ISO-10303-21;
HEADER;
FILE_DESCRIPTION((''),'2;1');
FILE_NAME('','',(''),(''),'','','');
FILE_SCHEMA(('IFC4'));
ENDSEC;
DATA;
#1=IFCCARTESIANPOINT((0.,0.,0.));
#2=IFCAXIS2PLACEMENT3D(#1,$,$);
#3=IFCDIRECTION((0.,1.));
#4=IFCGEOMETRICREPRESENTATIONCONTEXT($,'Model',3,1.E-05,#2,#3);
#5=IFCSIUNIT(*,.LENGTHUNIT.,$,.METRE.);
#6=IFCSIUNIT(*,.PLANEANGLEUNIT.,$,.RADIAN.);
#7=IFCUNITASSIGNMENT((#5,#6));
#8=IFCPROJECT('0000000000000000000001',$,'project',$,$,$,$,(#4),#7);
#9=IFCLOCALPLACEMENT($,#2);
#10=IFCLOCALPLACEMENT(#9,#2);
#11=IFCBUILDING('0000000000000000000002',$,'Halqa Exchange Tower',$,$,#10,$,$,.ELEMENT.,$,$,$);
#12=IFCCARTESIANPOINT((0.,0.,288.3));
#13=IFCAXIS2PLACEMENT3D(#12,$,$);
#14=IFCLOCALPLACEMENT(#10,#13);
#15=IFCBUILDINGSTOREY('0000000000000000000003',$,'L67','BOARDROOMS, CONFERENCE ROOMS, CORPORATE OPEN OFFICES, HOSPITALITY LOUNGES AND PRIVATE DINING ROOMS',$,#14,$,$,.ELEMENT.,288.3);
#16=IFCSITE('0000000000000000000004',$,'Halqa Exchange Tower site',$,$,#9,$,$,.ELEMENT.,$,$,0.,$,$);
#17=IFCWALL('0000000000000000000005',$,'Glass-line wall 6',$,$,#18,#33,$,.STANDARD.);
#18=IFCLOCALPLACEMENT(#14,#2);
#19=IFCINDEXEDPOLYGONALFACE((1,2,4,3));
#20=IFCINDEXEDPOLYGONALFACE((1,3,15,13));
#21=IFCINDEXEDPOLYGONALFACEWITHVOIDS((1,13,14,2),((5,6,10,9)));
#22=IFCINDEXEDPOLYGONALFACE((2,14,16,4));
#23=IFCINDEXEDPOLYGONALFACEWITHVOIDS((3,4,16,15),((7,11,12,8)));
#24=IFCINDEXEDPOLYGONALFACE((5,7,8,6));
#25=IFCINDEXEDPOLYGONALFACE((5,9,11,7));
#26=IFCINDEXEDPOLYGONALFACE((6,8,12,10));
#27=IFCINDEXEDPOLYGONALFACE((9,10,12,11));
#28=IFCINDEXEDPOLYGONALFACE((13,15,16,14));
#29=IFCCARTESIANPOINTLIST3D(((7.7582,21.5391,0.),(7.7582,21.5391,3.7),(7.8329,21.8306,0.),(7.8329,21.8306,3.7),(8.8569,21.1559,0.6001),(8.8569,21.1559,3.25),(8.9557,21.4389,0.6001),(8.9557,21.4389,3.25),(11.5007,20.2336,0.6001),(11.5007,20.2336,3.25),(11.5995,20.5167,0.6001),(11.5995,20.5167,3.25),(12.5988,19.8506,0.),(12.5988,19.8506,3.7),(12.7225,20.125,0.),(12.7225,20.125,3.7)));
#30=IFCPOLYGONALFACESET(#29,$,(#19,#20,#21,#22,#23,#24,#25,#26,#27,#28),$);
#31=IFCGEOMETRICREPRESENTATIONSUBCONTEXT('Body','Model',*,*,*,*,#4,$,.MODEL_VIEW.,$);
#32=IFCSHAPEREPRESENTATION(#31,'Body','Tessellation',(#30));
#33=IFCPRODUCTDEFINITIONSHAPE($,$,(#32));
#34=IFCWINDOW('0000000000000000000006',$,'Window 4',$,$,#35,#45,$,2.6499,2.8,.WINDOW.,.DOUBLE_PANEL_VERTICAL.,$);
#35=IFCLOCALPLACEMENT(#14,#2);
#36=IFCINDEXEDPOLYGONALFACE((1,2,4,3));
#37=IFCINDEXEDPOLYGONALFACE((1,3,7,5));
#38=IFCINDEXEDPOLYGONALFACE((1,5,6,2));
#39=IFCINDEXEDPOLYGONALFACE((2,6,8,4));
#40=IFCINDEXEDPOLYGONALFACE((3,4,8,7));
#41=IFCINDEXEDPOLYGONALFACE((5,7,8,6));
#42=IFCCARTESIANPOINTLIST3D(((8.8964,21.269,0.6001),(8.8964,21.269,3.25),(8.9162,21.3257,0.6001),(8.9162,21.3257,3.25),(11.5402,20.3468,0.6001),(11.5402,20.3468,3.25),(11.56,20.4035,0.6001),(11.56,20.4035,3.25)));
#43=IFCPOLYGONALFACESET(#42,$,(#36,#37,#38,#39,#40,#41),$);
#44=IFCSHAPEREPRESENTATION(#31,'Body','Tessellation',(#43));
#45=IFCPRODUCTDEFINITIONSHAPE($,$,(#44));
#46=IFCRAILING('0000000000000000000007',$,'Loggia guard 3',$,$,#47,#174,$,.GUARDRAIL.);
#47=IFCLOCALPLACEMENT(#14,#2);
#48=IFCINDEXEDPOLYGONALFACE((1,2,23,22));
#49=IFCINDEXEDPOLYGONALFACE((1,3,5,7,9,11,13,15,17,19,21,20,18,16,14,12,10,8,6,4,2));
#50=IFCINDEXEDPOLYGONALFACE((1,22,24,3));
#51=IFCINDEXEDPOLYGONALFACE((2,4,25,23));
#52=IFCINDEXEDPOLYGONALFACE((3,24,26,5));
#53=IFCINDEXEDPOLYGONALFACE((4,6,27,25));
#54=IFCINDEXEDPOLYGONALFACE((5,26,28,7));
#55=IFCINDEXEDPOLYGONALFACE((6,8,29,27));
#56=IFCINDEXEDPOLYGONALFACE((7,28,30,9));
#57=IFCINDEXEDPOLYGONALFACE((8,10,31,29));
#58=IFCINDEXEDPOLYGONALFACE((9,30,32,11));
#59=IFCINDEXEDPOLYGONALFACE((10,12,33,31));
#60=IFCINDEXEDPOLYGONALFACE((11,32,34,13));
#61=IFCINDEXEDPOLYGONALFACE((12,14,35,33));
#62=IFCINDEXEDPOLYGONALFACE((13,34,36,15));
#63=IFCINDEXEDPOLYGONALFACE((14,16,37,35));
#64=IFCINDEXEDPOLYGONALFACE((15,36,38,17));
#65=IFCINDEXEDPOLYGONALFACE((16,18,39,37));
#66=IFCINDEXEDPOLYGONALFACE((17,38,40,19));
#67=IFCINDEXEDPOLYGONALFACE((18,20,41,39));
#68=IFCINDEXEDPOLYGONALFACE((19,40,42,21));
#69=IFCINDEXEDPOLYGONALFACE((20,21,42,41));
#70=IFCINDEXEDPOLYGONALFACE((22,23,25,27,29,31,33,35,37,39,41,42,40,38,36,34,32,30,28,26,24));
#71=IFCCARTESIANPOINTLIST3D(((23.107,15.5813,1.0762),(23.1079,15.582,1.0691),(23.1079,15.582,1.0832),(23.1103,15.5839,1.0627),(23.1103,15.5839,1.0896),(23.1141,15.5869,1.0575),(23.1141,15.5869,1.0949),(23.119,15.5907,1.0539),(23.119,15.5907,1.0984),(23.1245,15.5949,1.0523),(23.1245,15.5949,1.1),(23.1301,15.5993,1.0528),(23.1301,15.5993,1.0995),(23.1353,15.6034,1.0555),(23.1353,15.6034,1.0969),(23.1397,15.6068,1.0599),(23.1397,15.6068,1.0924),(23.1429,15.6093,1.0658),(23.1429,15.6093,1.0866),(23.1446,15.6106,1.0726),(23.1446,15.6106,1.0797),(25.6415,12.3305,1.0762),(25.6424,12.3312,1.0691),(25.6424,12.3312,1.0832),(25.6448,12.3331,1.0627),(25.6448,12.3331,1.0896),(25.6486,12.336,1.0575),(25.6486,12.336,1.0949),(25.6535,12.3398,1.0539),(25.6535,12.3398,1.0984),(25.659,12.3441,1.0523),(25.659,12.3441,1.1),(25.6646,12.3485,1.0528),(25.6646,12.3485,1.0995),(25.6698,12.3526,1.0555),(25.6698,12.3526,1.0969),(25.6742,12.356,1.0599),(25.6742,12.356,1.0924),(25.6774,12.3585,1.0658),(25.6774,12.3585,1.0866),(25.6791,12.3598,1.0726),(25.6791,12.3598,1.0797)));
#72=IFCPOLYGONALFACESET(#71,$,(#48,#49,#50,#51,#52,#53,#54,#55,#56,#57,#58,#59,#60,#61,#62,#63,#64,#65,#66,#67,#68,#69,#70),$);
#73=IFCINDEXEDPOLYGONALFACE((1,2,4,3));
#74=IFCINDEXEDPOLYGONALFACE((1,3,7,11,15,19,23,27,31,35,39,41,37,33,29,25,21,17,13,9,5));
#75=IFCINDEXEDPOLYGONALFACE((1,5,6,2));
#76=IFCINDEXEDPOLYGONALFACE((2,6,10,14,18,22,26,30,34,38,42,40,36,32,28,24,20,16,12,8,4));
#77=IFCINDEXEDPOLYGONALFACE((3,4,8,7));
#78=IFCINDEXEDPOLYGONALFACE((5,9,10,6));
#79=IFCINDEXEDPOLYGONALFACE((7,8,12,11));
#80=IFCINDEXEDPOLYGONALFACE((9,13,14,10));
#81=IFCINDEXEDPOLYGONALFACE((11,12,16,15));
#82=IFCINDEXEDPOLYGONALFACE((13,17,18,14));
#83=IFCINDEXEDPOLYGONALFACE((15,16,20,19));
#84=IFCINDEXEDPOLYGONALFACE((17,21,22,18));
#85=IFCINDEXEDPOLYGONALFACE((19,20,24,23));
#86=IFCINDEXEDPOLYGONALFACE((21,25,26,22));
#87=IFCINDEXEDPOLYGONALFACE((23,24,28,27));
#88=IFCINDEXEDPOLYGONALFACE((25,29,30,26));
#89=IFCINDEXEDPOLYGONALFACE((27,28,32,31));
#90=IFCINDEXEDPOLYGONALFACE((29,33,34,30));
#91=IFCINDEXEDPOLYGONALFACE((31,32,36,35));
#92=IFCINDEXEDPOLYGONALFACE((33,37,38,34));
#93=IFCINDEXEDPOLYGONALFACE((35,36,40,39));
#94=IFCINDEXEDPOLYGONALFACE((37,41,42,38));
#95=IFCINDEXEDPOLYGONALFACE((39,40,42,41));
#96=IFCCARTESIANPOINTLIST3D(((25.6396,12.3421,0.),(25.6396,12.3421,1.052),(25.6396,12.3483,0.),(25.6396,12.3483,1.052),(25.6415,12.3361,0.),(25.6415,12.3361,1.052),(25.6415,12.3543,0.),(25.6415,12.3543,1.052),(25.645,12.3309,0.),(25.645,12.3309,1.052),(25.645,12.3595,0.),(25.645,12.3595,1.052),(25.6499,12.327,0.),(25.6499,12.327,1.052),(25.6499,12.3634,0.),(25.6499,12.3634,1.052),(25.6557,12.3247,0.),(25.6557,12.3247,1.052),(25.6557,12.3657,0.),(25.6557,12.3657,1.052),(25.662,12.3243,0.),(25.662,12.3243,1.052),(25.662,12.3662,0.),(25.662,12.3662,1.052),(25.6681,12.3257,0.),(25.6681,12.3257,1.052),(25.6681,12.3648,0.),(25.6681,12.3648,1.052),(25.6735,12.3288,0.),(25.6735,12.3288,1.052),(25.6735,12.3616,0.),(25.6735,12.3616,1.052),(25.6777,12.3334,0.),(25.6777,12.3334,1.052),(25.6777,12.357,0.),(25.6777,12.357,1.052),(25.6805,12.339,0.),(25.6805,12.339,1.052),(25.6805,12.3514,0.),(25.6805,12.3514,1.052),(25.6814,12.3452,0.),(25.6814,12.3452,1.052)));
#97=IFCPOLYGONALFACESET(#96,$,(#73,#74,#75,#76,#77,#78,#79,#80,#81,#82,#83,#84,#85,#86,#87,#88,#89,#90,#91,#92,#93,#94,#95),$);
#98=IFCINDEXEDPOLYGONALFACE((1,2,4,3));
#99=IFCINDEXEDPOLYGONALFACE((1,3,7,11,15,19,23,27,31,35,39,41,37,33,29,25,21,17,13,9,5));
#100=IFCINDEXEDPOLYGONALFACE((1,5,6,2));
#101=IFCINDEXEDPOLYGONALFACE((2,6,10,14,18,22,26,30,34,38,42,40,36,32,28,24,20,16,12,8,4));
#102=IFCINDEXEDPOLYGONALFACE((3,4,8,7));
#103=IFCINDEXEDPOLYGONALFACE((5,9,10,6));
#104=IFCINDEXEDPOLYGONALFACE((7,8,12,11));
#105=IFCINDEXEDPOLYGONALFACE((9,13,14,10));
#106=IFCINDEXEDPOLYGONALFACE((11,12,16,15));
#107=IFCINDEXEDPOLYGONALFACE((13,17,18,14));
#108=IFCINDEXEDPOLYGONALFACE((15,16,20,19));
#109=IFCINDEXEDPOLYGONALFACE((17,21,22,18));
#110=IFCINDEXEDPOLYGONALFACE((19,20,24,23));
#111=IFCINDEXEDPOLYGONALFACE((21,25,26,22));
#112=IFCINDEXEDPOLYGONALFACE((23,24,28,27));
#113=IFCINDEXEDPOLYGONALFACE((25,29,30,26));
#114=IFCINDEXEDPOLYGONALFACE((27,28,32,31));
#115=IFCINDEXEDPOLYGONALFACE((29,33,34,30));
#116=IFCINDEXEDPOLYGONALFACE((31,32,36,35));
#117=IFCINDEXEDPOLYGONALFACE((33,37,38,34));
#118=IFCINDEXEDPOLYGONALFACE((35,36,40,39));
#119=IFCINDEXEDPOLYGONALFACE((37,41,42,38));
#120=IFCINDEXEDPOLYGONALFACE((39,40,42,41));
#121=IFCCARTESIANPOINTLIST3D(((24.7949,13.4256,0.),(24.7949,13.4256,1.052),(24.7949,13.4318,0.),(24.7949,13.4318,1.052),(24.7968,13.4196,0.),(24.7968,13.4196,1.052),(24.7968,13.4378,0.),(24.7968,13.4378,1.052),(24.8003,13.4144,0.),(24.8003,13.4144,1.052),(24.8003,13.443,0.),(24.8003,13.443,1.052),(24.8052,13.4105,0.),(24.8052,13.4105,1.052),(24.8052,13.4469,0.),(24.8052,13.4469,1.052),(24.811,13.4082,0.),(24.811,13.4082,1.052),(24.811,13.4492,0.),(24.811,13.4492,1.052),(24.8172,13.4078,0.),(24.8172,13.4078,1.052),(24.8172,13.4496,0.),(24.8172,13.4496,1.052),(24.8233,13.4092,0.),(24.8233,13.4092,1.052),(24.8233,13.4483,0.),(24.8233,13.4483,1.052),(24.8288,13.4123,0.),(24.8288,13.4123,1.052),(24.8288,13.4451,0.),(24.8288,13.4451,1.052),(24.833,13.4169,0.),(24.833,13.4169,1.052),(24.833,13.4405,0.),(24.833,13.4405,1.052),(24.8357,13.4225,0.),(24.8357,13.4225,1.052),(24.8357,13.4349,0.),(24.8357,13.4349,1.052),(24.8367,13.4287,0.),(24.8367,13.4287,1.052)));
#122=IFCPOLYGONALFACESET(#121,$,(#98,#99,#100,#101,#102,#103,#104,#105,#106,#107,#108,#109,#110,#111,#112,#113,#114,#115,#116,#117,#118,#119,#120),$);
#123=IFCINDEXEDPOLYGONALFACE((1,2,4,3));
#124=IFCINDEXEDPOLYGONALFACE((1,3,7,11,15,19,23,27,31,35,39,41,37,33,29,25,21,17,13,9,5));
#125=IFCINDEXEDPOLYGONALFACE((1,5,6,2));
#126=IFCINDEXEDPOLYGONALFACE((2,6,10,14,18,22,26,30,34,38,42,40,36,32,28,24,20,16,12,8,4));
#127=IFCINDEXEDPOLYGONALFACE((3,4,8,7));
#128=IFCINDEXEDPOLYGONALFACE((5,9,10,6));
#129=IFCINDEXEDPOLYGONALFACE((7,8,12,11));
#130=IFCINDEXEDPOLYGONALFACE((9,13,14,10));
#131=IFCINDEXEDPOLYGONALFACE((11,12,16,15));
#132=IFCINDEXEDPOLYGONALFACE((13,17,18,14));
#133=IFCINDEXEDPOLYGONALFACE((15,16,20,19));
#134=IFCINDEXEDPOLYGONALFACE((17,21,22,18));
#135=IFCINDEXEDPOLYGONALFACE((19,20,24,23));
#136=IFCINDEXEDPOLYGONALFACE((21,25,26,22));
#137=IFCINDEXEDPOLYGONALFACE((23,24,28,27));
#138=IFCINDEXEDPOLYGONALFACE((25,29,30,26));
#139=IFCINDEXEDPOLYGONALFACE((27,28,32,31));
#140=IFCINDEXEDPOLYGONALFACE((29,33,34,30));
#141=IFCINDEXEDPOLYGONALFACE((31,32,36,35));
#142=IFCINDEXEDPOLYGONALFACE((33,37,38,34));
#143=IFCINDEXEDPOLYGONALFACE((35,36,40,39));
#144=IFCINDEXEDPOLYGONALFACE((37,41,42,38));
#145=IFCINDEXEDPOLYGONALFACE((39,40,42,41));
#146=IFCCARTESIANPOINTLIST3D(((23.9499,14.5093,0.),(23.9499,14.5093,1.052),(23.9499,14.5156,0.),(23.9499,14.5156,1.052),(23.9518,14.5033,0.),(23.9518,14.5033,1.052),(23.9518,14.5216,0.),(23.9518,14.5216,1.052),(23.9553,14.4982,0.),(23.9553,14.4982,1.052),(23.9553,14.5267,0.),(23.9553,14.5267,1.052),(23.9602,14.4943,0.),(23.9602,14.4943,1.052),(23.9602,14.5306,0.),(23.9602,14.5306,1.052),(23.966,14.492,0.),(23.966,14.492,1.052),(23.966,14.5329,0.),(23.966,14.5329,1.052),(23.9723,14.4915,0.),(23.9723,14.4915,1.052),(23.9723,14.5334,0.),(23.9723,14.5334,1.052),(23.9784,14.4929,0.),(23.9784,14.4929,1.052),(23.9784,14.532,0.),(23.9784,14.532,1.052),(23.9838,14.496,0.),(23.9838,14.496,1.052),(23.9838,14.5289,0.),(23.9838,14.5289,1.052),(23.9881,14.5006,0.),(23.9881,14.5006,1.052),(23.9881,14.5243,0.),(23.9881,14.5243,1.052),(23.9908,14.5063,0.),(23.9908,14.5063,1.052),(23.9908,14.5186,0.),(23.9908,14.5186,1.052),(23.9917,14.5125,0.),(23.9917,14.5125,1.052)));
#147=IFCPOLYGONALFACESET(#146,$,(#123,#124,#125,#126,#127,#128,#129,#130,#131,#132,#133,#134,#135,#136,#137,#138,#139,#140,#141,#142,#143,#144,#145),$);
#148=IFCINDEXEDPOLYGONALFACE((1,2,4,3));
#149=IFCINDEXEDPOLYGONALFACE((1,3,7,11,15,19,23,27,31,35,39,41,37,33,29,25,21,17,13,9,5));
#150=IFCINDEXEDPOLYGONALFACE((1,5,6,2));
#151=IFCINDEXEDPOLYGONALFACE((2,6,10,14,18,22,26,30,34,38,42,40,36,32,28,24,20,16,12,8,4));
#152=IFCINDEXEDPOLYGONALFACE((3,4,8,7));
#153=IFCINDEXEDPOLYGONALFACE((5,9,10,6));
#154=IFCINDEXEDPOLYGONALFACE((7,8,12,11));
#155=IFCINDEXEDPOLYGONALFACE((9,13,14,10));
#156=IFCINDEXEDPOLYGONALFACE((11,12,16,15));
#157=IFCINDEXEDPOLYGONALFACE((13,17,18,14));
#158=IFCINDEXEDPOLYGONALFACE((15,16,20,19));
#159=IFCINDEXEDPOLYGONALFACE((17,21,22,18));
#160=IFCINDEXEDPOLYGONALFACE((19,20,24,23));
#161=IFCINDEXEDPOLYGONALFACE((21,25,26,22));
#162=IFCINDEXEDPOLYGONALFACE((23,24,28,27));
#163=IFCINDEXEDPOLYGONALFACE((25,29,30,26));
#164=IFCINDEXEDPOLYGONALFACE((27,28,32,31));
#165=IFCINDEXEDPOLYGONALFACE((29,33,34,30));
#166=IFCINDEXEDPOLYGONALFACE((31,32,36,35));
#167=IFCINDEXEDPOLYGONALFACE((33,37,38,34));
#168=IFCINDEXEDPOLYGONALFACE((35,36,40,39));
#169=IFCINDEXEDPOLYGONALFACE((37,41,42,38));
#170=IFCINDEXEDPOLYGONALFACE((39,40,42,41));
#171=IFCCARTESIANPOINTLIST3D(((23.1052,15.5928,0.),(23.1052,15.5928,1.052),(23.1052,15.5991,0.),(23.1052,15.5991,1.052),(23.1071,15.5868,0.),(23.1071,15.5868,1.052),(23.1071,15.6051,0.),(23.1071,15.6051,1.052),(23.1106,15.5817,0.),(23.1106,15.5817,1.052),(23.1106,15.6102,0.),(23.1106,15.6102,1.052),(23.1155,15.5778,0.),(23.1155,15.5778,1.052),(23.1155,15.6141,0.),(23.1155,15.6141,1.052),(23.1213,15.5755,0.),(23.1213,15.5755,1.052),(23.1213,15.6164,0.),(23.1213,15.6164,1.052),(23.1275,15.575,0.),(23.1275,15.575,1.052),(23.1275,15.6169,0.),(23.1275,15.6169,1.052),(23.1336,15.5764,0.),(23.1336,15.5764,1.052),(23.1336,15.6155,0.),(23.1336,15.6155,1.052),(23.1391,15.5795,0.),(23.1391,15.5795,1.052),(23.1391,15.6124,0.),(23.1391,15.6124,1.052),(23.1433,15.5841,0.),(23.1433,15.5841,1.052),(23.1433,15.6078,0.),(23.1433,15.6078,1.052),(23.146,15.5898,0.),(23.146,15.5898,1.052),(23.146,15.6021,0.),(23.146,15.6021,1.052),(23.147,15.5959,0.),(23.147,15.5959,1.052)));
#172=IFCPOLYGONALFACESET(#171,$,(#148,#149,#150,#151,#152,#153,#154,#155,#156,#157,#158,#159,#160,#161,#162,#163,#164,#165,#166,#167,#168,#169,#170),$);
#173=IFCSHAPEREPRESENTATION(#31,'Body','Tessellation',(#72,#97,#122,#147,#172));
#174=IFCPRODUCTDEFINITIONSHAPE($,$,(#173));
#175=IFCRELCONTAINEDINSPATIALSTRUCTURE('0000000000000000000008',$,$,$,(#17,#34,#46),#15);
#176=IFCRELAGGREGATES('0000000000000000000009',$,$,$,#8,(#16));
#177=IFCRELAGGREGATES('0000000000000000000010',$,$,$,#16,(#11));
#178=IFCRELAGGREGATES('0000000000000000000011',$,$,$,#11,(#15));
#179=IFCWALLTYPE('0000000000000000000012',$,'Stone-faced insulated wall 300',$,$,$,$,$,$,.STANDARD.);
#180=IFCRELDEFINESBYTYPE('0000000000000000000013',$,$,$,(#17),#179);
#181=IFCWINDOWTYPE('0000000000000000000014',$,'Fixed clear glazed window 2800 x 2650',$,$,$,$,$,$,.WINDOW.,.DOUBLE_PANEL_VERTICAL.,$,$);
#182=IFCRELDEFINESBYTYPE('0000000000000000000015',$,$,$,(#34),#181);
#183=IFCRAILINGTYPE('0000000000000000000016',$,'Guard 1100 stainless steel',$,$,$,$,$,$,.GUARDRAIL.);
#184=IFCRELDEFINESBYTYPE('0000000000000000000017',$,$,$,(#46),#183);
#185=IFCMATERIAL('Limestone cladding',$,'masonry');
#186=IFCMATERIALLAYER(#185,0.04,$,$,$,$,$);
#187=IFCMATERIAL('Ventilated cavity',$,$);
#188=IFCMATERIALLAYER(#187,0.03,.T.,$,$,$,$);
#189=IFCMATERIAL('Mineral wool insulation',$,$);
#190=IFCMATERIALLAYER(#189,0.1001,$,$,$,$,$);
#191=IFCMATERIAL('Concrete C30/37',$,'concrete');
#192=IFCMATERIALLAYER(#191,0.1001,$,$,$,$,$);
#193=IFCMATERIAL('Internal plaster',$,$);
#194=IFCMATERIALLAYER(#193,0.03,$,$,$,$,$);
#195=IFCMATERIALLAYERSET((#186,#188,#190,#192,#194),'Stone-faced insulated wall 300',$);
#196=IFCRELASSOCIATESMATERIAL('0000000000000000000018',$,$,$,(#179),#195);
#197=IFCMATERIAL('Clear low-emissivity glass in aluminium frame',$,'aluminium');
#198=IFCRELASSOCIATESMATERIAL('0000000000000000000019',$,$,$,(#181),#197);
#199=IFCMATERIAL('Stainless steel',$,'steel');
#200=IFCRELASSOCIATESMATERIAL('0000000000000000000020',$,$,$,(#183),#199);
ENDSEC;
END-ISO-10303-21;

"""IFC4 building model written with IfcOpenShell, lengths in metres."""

from ifc_helpers import new_model, si_unit, direction, frame, frame_2d, origin, origin_2d, place, context, subcontext, project, spatial, polyline, rectangle, circle, outline, extrude, material, layer, layer_set, type_object, element, fill, save


model = new_model("IFC4")

# Units and contexts
model_context = context("Model", 3, precision=1e-05, world=origin(), true_north=direction((0.0, 1.0)))
body_context = subcontext(model_context, "Body", "Model", "MODEL_VIEW")
ifc_project = project(units=[si_unit("LENGTHUNIT", "METRE"), si_unit("PLANEANGLEUNIT", "RADIAN")], contexts=[model_context])

# Site, building, storey
site_placement = place(None, origin())
site = spatial("IfcSite", under=ifc_project, at=site_placement, Name="Halqa Exchange Tower site", CompositionType="ELEMENT", RefElevation=0.0)
building_placement = place(site_placement, origin())
building = spatial("IfcBuilding", under=site, at=building_placement, Name="Halqa Exchange Tower", CompositionType="ELEMENT")
storey_placement = place(building_placement, frame((0.0, 0.0, 288.3)))
storey = spatial("IfcBuildingStorey", under=building, at=storey_placement, Name="L67", Description="BOARDROOMS, CONFERENCE ROOMS, CORPORATE OPEN OFFICES, HOSPITALITY LOUNGES AND PRIVATE DINING ROOMS", CompositionType="ELEMENT", Elevation=288.3)

# Shared definitions
ifc_material_1 = material(Name="Limestone cladding", Category="masonry")
ifc_layer_1 = layer(ifc_material_1, 0.04)
ifc_material_2 = material(Name="Ventilated cavity")
ifc_layer_2 = layer(ifc_material_2, 0.03, ventilated=True)
ifc_material_3 = material(Name="Mineral wool insulation")
ifc_layer_3 = layer(ifc_material_3, 0.1001)
ifc_material_4 = material(Name="Concrete C30/37", Category="concrete")
ifc_layer_4 = layer(ifc_material_4, 0.1001)
ifc_material_5 = material(Name="Internal plaster")
ifc_layer_5 = layer(ifc_material_5, 0.03)
ifc_layer_set_1 = layer_set([ifc_layer_1, ifc_layer_2, ifc_layer_3, ifc_layer_4, ifc_layer_5], Name="Stone-faced insulated wall 300")
wall_type_1 = type_object("IfcWallType", Name="Stone-faced insulated wall 300", PredefinedType="STANDARD", material=ifc_layer_set_1)
ifc_material_6 = material(Name="Clear low-emissivity glass in aluminium frame", Category="aluminium")

# Wall, opening, window
window_type = type_object("IfcWindowType", Name="Fixed clear glazed window 2800 x 2650", PartitioningType="DOUBLE_PANEL_VERTICAL", PredefinedType="WINDOW", material=ifc_material_6)
wall_1_placement = place(storey_placement, frame((12.6606, 19.9878, 0.0), z_axis=(0.0, 0.0, 1.0), x_axis=(-0.944204, 0.32936, 0.0)))
wall_1 = element("IfcWall", 1, at=wall_1_placement, inside=storey, type_object=wall_type_1, Name="Glass-line wall 6", PredefinedType="STANDARD", context=body_context, shape_type="SweptSolid", body=[
    extrude(outline(polyline([(-0.0132, -0.1499), (5.1653, -0.1499), (5.1399, 0.1499), (0.0132, 0.1499), (-0.0132, -0.1499)])), origin(), (0.0, 0.0, 1.0), 3.7),
])
opening_1_placement = place(wall_1_placement, frame((1.1763, 0.0, 0.6001)))
opening_1 = element("IfcOpeningElement", 2, at=opening_1_placement, cuts=wall_1, PredefinedType="OPENING", context=body_context, shape_type="SweptSolid", body=[
    extrude(rectangle(XDim=2.8, YDim=2.6499, at=frame_2d((1.3999, 1.325))), frame((0.0, 0.1621, 0.0), z_axis=(0.0, -1.0, 0.0), x_axis=(1.0, 0.0, 0.0)), (0.0, 0.0, 1.0), 0.324),
])
window_1_placement = place(opening_1_placement, origin())
window_1 = element("IfcWindow", 3, at=window_1_placement, inside=storey, type_object=window_type, Name="Window 4", OverallHeight=2.6499, OverallWidth=2.8, PartitioningType="DOUBLE_PANEL_VERTICAL", PredefinedType="WINDOW", context=body_context, shape_type="SweptSolid", body=[
    extrude(rectangle(XDim=2.8, YDim=2.6499, at=frame_2d((1.3999, 1.325))), frame((0.0, 0.03, 0.0), z_axis=(0.0, -1.0, 0.0), x_axis=(1.0, 0.0, 0.0)), (0.0, 0.0, 1.0), 0.0601),
])
fill(opening_1, window_1)

# Railing
ifc_material_7 = material(Name="Stainless steel", Category="steel")
railing_type = type_object("IfcRailingType", Name="Guard 1100 stainless steel", PredefinedType="GUARDRAIL", material=ifc_material_7)
railing_1_placement = place(storey_placement, frame((25.6604, 12.3452, 0.0)))
element("IfcRailing", 4, at=railing_1_placement, inside=storey, type_object=railing_type, Name="Loggia guard 3", PredefinedType="GUARDRAIL", context=body_context, shape_type="SweptSolid", body=[
    extrude(circle(Radius=0.0239, at=origin_2d()), frame((0.0, 0.0, 1.0762), z_axis=(-0.614859, 0.788637, 0.0), x_axis=(-0.788637, -0.614859, 0.0)), (0.0, 0.0, 1.0), 4.1221),
    extrude(circle(Radius=0.021, at=origin_2d()), origin(), (0.0, 0.0, 1.0), 1.052),
    extrude(circle(Radius=0.021, at=origin_2d()), frame((-0.8447, 1.0835, 0.0)), (0.0, 0.0, 1.0), 1.052),
    extrude(circle(Radius=0.021, at=origin_2d()), frame((-1.6897, 2.1672, 0.0)), (0.0, 0.0, 1.0), 1.052),
    extrude(circle(Radius=0.021, at=origin_2d()), frame((-2.5344, 3.2507, 0.0)), (0.0, 0.0, 1.0), 1.052),
])

save(model, "model.ifc")
